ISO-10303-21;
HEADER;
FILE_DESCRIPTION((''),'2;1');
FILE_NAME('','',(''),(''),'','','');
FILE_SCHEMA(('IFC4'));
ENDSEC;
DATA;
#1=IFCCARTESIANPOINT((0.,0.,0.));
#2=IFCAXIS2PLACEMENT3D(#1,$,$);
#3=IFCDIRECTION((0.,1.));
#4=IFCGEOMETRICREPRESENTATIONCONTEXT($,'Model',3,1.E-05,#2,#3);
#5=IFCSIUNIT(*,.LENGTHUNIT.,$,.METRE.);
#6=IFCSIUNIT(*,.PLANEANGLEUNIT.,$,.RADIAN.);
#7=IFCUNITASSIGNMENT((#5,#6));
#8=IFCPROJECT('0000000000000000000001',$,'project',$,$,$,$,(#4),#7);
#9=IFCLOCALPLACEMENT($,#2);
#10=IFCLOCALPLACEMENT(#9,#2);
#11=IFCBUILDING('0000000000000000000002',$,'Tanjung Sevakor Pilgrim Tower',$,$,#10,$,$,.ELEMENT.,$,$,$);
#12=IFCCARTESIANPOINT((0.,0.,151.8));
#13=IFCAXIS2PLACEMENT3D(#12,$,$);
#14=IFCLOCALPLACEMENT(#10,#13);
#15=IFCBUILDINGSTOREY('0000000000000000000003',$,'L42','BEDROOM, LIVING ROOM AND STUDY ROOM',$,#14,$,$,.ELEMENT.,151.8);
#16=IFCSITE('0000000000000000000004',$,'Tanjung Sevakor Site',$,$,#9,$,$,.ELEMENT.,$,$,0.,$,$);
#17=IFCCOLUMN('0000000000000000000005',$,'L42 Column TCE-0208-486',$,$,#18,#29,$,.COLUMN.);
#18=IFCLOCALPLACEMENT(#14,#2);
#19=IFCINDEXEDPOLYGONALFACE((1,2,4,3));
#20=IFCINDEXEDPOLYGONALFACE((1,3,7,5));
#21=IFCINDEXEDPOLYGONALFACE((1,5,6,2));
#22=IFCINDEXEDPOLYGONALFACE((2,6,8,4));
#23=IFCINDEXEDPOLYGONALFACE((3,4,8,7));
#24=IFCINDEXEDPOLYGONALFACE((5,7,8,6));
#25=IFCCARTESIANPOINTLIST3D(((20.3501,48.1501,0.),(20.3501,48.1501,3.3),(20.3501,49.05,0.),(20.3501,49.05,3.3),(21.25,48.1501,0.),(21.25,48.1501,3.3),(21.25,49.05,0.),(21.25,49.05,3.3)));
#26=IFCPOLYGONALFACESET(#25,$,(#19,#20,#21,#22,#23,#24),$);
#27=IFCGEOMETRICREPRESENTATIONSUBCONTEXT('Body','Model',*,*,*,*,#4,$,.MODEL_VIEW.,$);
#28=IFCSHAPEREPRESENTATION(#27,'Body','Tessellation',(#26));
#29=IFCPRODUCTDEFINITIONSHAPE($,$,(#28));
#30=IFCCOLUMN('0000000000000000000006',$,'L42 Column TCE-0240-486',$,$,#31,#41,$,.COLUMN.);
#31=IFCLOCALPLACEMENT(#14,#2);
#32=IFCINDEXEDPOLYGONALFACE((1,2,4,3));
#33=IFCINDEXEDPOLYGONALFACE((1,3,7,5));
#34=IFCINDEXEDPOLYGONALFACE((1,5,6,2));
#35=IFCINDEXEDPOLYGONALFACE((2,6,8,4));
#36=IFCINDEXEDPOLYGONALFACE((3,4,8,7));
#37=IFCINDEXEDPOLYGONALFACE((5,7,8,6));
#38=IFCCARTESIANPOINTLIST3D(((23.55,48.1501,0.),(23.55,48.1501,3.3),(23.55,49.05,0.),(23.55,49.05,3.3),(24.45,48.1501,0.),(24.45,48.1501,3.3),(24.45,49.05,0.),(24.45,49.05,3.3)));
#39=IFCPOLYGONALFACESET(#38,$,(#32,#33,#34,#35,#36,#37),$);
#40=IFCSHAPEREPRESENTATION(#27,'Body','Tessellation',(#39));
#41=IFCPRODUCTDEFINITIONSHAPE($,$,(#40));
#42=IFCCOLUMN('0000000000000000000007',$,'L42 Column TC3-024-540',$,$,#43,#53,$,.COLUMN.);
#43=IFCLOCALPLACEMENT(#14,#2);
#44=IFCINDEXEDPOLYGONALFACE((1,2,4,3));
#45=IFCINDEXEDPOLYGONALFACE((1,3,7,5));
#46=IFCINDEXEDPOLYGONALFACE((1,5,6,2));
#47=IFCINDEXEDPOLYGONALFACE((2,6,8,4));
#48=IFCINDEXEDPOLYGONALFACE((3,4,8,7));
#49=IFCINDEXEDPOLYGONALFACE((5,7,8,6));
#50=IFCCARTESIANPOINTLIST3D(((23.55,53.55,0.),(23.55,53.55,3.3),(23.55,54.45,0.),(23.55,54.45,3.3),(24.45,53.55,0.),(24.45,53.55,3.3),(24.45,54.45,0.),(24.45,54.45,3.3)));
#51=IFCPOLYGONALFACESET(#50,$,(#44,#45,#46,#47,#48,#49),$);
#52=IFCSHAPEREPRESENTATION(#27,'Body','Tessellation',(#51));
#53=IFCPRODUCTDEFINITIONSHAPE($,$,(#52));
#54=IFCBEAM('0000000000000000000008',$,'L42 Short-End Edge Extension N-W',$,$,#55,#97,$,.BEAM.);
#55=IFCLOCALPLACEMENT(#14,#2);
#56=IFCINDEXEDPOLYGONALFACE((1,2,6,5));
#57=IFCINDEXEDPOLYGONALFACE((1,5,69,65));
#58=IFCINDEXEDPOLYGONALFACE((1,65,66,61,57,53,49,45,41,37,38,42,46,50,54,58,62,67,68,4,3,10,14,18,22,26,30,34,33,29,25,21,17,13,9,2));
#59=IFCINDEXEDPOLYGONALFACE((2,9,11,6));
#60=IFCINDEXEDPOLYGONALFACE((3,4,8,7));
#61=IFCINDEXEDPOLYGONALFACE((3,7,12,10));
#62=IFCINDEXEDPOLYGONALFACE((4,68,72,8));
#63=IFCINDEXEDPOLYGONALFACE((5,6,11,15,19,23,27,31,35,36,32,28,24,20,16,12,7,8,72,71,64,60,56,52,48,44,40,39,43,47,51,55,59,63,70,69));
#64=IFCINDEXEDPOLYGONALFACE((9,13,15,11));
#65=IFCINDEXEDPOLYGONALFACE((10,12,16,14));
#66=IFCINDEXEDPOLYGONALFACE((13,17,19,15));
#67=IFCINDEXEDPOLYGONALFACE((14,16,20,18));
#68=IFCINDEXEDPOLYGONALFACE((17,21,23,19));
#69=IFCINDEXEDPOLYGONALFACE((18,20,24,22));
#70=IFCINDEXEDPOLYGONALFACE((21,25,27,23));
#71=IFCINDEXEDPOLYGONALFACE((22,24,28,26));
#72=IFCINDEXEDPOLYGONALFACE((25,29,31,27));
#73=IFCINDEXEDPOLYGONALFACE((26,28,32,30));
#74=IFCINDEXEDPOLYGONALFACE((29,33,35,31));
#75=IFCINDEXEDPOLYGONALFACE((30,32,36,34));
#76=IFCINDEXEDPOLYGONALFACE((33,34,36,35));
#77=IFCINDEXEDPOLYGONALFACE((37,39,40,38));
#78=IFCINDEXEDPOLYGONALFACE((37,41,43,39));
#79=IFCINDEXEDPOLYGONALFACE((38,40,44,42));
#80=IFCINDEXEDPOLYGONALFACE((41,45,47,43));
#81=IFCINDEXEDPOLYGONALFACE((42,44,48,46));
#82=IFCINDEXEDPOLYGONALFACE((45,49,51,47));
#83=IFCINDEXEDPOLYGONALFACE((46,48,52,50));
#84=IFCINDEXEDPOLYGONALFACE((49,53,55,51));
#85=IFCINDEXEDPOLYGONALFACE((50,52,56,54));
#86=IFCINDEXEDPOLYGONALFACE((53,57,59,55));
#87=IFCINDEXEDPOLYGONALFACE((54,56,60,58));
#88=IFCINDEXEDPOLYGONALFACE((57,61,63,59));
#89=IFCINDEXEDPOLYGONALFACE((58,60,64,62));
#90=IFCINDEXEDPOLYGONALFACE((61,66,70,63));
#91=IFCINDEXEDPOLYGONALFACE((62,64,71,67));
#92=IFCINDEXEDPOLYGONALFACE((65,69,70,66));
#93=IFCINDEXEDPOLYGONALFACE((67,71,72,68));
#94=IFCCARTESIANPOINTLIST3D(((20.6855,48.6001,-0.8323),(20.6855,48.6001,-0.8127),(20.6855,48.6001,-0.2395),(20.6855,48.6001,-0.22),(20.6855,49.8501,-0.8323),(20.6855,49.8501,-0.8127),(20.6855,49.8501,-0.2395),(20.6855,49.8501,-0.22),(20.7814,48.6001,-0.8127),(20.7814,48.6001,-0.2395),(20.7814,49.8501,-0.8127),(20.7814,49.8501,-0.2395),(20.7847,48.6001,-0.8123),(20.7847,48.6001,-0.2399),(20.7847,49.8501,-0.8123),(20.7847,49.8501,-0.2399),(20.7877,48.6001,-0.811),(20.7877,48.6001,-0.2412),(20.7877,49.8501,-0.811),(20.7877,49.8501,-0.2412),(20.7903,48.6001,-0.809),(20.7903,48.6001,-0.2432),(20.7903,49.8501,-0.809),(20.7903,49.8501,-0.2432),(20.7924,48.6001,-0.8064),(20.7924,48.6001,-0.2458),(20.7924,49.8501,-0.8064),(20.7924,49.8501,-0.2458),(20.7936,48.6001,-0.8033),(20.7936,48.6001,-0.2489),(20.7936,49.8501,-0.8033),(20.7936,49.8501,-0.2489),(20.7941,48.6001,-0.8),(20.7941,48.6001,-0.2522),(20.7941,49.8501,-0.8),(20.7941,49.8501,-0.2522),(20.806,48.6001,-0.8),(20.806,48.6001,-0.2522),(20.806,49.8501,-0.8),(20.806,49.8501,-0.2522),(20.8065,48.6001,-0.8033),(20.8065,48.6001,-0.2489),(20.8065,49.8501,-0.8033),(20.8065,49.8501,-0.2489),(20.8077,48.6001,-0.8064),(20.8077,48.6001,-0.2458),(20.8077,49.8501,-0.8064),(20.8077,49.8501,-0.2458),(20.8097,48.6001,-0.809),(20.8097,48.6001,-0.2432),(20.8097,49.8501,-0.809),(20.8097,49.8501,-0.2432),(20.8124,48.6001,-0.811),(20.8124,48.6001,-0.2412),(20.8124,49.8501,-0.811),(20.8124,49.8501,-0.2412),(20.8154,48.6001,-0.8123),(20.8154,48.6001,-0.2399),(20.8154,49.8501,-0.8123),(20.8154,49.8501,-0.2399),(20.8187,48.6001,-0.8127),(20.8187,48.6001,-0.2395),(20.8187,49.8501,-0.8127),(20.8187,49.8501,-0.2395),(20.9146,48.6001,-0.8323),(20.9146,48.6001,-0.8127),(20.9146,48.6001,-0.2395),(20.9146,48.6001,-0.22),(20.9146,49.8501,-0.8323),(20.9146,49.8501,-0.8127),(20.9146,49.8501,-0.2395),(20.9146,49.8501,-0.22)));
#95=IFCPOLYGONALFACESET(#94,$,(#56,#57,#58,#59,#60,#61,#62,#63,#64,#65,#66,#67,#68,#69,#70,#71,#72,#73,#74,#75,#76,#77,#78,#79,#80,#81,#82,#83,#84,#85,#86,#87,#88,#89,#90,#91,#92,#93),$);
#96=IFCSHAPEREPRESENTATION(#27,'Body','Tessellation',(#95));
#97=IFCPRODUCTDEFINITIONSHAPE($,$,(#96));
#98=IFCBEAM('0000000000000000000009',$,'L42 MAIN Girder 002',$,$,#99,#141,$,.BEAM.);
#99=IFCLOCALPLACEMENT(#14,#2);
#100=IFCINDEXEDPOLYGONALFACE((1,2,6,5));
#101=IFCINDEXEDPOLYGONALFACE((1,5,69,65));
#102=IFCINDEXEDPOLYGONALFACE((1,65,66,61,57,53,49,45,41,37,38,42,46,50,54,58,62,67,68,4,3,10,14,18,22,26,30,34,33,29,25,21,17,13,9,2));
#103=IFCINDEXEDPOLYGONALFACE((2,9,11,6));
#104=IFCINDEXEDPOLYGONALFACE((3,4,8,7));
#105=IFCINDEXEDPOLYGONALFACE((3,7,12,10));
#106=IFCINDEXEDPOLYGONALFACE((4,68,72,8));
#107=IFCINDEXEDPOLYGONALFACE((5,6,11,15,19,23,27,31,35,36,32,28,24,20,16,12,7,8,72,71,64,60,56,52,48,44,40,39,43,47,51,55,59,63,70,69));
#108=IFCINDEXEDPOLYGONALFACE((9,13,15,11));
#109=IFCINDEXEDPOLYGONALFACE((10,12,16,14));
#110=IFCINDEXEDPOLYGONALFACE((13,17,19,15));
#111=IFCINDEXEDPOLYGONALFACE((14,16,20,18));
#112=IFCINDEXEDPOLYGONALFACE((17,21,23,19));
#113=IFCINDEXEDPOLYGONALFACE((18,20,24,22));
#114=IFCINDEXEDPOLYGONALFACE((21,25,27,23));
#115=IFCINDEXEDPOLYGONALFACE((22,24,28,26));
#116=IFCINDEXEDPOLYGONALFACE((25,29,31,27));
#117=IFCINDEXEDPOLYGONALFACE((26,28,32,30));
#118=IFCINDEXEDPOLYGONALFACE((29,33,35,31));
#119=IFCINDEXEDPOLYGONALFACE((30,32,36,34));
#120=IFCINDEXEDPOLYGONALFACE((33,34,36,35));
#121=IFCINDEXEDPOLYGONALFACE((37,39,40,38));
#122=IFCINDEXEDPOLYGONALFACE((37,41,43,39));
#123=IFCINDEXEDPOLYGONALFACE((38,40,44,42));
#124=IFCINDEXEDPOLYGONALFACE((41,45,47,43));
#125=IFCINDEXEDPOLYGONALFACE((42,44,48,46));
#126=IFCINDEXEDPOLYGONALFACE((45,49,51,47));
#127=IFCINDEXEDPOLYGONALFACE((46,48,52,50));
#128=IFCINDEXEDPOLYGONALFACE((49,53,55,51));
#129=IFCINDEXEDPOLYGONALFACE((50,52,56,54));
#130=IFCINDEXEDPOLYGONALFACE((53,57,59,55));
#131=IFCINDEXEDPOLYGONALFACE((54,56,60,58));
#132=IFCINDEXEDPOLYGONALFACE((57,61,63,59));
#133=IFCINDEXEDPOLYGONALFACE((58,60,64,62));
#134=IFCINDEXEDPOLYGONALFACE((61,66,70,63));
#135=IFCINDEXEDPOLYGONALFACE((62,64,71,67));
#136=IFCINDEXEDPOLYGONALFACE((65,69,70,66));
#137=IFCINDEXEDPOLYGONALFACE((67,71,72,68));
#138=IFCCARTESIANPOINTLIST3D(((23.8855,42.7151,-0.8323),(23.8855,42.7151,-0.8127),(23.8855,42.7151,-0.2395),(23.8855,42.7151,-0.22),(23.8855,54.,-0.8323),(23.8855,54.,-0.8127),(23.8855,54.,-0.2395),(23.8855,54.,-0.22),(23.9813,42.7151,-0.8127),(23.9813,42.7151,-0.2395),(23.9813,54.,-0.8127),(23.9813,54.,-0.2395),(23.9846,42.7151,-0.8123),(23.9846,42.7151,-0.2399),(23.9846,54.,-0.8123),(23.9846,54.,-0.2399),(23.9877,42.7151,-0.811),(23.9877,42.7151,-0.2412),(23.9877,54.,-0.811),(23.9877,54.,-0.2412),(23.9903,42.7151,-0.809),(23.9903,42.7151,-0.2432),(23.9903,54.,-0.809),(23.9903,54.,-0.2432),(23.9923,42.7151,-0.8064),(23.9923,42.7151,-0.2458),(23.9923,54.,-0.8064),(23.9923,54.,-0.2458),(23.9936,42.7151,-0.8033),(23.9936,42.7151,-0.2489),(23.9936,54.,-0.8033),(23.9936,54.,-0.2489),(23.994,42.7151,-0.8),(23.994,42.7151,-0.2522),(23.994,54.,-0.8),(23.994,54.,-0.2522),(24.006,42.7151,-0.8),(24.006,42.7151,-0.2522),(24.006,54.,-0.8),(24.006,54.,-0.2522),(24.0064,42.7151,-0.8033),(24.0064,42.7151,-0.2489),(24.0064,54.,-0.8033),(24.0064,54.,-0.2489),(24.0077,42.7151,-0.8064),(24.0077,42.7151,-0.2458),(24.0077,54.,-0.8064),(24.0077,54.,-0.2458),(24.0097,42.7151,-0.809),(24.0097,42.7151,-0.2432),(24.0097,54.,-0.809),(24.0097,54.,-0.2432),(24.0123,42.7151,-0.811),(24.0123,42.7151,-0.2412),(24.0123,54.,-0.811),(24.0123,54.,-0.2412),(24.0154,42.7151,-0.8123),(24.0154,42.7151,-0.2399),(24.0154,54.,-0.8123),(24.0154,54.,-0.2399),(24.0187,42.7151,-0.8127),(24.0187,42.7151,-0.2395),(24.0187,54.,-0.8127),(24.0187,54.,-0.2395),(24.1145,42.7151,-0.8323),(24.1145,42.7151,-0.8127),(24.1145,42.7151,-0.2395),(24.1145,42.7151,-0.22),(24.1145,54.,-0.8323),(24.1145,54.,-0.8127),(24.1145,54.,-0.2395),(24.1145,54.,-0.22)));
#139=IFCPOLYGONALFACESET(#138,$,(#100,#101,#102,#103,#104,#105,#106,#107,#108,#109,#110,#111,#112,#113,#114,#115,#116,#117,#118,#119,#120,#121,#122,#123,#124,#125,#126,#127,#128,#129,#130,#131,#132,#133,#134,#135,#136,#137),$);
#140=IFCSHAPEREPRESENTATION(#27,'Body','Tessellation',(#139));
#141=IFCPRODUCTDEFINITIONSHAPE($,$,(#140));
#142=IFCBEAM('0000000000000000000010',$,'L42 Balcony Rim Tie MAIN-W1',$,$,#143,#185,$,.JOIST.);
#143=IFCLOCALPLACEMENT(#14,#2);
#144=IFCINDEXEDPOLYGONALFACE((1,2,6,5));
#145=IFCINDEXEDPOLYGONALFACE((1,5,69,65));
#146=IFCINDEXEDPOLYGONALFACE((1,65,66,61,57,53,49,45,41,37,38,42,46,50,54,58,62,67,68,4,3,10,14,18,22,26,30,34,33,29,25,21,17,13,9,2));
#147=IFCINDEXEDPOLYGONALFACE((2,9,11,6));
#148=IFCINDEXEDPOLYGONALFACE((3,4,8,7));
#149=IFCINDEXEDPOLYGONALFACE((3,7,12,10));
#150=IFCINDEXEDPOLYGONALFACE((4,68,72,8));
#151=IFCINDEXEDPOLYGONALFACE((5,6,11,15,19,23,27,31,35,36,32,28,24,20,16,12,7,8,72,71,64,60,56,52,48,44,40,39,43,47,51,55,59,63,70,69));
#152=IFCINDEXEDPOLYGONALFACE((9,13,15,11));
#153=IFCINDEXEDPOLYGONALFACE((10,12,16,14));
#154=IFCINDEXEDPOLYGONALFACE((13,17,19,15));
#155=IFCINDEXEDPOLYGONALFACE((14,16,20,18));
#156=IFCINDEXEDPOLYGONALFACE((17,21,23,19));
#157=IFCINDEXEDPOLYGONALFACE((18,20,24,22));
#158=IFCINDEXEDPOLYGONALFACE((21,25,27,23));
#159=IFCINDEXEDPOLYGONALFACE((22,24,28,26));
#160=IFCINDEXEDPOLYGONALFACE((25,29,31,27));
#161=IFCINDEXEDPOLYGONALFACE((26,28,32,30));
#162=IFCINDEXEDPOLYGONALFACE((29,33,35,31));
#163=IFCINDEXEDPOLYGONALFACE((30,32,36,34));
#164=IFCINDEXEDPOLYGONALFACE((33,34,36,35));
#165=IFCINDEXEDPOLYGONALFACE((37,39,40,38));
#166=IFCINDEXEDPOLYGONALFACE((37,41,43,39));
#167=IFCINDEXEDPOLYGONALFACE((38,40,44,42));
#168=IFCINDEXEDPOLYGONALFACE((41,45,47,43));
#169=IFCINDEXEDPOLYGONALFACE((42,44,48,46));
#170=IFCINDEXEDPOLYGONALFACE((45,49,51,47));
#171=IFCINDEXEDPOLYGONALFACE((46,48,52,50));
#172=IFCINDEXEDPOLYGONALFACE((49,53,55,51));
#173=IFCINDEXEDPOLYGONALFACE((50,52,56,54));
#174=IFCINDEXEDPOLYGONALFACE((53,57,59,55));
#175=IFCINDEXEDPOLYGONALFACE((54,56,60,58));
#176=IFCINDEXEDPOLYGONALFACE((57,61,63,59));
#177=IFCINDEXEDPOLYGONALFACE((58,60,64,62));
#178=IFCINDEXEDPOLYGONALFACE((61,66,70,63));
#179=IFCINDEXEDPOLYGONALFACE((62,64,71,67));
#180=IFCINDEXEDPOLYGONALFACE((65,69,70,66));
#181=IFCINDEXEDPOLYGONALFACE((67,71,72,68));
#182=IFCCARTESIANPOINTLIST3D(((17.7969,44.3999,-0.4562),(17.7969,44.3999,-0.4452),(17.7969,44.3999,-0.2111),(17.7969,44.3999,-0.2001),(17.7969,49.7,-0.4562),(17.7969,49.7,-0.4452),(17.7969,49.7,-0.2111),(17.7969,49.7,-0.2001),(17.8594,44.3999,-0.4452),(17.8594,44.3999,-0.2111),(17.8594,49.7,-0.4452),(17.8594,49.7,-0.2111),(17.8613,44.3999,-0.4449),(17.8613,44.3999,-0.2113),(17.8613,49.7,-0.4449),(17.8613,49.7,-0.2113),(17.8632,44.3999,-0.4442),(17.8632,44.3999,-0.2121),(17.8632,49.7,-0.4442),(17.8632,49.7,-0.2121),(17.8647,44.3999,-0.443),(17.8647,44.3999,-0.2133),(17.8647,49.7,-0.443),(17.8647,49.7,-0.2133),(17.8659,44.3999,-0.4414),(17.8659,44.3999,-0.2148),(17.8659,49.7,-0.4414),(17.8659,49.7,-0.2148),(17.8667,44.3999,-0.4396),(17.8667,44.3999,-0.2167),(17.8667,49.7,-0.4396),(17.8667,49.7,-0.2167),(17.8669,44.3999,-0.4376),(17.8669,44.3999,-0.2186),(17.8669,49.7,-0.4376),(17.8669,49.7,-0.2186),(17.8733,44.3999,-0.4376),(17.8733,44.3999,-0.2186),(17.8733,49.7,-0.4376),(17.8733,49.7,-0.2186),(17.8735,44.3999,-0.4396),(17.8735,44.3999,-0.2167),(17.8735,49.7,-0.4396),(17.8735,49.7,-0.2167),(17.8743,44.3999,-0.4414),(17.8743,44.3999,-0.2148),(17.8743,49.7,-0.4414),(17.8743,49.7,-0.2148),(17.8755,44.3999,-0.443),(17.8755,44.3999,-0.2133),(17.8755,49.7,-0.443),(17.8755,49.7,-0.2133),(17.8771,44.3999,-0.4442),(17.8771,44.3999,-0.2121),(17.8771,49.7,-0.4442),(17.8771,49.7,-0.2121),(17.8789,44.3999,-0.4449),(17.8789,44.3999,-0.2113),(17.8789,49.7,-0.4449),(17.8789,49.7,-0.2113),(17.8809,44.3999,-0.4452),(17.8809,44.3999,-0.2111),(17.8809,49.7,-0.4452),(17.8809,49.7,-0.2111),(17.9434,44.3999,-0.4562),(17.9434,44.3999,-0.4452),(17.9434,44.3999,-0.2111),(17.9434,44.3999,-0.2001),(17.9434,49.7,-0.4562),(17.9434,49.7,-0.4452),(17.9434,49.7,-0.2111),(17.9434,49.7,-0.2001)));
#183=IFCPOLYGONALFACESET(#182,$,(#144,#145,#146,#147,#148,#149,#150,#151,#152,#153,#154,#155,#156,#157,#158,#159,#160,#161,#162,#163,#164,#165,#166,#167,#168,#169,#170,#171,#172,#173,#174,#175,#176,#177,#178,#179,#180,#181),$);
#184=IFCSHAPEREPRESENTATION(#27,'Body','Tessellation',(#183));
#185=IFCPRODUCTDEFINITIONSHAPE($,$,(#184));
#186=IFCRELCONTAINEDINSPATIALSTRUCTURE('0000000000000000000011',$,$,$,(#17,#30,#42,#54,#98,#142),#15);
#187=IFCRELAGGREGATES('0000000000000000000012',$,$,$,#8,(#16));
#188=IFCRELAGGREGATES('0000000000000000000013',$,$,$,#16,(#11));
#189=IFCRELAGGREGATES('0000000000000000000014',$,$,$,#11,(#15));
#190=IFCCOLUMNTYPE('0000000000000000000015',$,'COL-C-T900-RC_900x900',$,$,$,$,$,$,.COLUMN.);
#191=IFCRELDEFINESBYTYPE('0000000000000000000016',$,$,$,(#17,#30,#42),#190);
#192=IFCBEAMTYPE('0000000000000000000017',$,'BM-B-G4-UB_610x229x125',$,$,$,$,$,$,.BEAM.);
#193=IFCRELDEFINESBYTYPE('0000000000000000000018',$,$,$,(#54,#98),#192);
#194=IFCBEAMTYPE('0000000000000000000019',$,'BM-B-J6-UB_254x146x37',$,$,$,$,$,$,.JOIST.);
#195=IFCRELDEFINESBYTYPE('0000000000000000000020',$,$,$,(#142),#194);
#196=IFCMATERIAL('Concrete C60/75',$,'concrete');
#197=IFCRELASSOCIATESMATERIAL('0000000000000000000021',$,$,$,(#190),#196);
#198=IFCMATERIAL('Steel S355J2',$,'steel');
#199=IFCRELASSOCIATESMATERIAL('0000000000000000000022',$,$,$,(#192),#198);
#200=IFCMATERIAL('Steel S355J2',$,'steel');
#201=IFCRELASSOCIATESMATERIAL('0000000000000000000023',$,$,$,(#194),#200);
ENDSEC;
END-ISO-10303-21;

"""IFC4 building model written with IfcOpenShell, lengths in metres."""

from ifc_helpers import new_model, si_unit, direction, frame, origin, origin_2d, place, context, subcontext, project, spatial, rectangle, i_section, extrude, material, material_profile, profile_set, type_object, element, save


model = new_model("IFC4")

# Units and contexts
model_context = context("Model", 3, precision=1e-05, world=origin(), true_north=direction((0.0, 1.0)))
body_context = subcontext(model_context, "Body", "Model", "MODEL_VIEW")
ifc_project = project(units=[si_unit("LENGTHUNIT", "METRE"), si_unit("PLANEANGLEUNIT", "RADIAN")], contexts=[model_context])

# Site, building, storey
site_placement = place(None, origin())
site = spatial("IfcSite", under=ifc_project, at=site_placement, Name="Tanjung Sevakor Site", CompositionType="ELEMENT", RefElevation=0.0)
building_placement = place(site_placement, origin())
building = spatial("IfcBuilding", under=site, at=building_placement, Name="Tanjung Sevakor Pilgrim Tower", CompositionType="ELEMENT")
storey_placement = place(building_placement, frame((0.0, 0.0, 151.8)))
storey = spatial("IfcBuildingStorey", under=building, at=storey_placement, Name="L42", Description="BEDROOM, LIVING ROOM AND STUDY ROOM", CompositionType="ELEMENT", Elevation=151.8)

# Columns
ifc_material_1 = material(Name="Concrete C60/75", Category="concrete")
ifc_material_profile_1 = material_profile(ifc_material_1, rectangle(XDim=0.8999, YDim=0.8999, at=origin_2d()))
ifc_profile_set_1 = profile_set([ifc_material_profile_1], Name="Concrete C60/75")
column_type = type_object("IfcColumnType", Name="COL-C-T900-RC_900x900", PredefinedType="COLUMN", material=ifc_profile_set_1)
for number, where, z_axis, x_axis, name in (
    (1, (20.8, 48.6001, 0.0), (0.0, 0.0, 1.0), (1.0, 0.0, 0.0), "L42 Column TCE-0208-486"),
    (2, (24.0, 48.6001, 0.0), (0.0, 0.0, 1.0), (1.0, 0.0, 0.0), "L42 Column TCE-0240-486"),
    (3, (24.0, 54.0, 0.0), (0.0, 0.0, 1.0), (1.0, 0.0, 0.0), "L42 Column TC3-024-540"),
):
    element("IfcColumn", number, at=place(storey_placement, frame(where, z_axis=z_axis, x_axis=x_axis)), inside=storey, type_object=column_type, Name=name, PredefinedType="COLUMN", context=body_context, shape_type="SweptSolid", body=[
        extrude(rectangle(XDim=0.8999, YDim=0.8999, at=origin_2d()), origin(), (0.0, 0.0, 1.0), 3.3),
    ])

# Beams
ifc_material_2 = material(Name="Steel S355J2", Category="steel")
ifc_material_profile_2 = material_profile(ifc_material_2, i_section(OverallWidth=0.229, OverallDepth=0.6123, WebThickness=0.012, FlangeThickness=0.0195, FilletRadius=0.0127, at=origin_2d()))
ifc_profile_set_2 = profile_set([ifc_material_profile_2], Name="Steel S355J2")
beam_type_1 = type_object("IfcBeamType", Name="BM-B-G4-UB_610x229x125", PredefinedType="BEAM", material=ifc_profile_set_2)
beam_1_placement = place(storey_placement, frame((20.8, 48.6001, -0.5261), z_axis=(0.0, 1.0, 0.0), x_axis=(-1.0, 0.0, 0.0)))
element("IfcBeam", 4, at=beam_1_placement, inside=storey, type_object=beam_type_1, Name="L42 Short-End Edge Extension N-W", PredefinedType="BEAM", context=body_context, shape_type="SweptSolid", body=[
    extrude(i_section(OverallWidth=0.229, OverallDepth=0.6123, WebThickness=0.012, FlangeThickness=0.0195, FilletRadius=0.0127, at=origin_2d()), origin(), (0.0, 0.0, 1.0), 1.25),
])
beam_2_placement = place(storey_placement, frame((24.0, 42.7151, -0.5261), z_axis=(0.0, 1.0, 0.0), x_axis=(-1.0, 0.0, 0.0)))
element("IfcBeam", 5, at=beam_2_placement, inside=storey, type_object=beam_type_1, Name="L42 MAIN Girder 002", PredefinedType="BEAM", context=body_context, shape_type="SweptSolid", body=[
    extrude(i_section(OverallWidth=0.229, OverallDepth=0.6123, WebThickness=0.012, FlangeThickness=0.0195, FilletRadius=0.0127, at=origin_2d()), origin(), (0.0, 0.0, 1.0), 11.2849),
])
ifc_material_3 = material(Name="Steel S355J2", Category="steel")
ifc_material_profile_3 = material_profile(ifc_material_3, i_section(OverallWidth=0.1465, OverallDepth=0.2561, WebThickness=0.0063, FlangeThickness=0.011, FilletRadius=0.0076, at=origin_2d()))
ifc_profile_set_3 = profile_set([ifc_material_profile_3], Name="Steel S355J2")
beam_type_2 = type_object("IfcBeamType", Name="BM-B-J6-UB_254x146x37", PredefinedType="JOIST", material=ifc_profile_set_3)
beam_3_placement = place(storey_placement, frame((17.8701, 44.3999, -0.3281), z_axis=(0.0, 1.0, 0.0), x_axis=(-1.0, 0.0, 0.0)))
element("IfcBeam", 6, at=beam_3_placement, inside=storey, type_object=beam_type_2, Name="L42 Balcony Rim Tie MAIN-W1", PredefinedType="JOIST", context=body_context, shape_type="SweptSolid", body=[
    extrude(i_section(OverallWidth=0.1465, OverallDepth=0.2561, WebThickness=0.0063, FlangeThickness=0.011, FilletRadius=0.0076, at=origin_2d()), origin(), (0.0, 0.0, 1.0), 5.3),
])

save(model, "model.ifc")
